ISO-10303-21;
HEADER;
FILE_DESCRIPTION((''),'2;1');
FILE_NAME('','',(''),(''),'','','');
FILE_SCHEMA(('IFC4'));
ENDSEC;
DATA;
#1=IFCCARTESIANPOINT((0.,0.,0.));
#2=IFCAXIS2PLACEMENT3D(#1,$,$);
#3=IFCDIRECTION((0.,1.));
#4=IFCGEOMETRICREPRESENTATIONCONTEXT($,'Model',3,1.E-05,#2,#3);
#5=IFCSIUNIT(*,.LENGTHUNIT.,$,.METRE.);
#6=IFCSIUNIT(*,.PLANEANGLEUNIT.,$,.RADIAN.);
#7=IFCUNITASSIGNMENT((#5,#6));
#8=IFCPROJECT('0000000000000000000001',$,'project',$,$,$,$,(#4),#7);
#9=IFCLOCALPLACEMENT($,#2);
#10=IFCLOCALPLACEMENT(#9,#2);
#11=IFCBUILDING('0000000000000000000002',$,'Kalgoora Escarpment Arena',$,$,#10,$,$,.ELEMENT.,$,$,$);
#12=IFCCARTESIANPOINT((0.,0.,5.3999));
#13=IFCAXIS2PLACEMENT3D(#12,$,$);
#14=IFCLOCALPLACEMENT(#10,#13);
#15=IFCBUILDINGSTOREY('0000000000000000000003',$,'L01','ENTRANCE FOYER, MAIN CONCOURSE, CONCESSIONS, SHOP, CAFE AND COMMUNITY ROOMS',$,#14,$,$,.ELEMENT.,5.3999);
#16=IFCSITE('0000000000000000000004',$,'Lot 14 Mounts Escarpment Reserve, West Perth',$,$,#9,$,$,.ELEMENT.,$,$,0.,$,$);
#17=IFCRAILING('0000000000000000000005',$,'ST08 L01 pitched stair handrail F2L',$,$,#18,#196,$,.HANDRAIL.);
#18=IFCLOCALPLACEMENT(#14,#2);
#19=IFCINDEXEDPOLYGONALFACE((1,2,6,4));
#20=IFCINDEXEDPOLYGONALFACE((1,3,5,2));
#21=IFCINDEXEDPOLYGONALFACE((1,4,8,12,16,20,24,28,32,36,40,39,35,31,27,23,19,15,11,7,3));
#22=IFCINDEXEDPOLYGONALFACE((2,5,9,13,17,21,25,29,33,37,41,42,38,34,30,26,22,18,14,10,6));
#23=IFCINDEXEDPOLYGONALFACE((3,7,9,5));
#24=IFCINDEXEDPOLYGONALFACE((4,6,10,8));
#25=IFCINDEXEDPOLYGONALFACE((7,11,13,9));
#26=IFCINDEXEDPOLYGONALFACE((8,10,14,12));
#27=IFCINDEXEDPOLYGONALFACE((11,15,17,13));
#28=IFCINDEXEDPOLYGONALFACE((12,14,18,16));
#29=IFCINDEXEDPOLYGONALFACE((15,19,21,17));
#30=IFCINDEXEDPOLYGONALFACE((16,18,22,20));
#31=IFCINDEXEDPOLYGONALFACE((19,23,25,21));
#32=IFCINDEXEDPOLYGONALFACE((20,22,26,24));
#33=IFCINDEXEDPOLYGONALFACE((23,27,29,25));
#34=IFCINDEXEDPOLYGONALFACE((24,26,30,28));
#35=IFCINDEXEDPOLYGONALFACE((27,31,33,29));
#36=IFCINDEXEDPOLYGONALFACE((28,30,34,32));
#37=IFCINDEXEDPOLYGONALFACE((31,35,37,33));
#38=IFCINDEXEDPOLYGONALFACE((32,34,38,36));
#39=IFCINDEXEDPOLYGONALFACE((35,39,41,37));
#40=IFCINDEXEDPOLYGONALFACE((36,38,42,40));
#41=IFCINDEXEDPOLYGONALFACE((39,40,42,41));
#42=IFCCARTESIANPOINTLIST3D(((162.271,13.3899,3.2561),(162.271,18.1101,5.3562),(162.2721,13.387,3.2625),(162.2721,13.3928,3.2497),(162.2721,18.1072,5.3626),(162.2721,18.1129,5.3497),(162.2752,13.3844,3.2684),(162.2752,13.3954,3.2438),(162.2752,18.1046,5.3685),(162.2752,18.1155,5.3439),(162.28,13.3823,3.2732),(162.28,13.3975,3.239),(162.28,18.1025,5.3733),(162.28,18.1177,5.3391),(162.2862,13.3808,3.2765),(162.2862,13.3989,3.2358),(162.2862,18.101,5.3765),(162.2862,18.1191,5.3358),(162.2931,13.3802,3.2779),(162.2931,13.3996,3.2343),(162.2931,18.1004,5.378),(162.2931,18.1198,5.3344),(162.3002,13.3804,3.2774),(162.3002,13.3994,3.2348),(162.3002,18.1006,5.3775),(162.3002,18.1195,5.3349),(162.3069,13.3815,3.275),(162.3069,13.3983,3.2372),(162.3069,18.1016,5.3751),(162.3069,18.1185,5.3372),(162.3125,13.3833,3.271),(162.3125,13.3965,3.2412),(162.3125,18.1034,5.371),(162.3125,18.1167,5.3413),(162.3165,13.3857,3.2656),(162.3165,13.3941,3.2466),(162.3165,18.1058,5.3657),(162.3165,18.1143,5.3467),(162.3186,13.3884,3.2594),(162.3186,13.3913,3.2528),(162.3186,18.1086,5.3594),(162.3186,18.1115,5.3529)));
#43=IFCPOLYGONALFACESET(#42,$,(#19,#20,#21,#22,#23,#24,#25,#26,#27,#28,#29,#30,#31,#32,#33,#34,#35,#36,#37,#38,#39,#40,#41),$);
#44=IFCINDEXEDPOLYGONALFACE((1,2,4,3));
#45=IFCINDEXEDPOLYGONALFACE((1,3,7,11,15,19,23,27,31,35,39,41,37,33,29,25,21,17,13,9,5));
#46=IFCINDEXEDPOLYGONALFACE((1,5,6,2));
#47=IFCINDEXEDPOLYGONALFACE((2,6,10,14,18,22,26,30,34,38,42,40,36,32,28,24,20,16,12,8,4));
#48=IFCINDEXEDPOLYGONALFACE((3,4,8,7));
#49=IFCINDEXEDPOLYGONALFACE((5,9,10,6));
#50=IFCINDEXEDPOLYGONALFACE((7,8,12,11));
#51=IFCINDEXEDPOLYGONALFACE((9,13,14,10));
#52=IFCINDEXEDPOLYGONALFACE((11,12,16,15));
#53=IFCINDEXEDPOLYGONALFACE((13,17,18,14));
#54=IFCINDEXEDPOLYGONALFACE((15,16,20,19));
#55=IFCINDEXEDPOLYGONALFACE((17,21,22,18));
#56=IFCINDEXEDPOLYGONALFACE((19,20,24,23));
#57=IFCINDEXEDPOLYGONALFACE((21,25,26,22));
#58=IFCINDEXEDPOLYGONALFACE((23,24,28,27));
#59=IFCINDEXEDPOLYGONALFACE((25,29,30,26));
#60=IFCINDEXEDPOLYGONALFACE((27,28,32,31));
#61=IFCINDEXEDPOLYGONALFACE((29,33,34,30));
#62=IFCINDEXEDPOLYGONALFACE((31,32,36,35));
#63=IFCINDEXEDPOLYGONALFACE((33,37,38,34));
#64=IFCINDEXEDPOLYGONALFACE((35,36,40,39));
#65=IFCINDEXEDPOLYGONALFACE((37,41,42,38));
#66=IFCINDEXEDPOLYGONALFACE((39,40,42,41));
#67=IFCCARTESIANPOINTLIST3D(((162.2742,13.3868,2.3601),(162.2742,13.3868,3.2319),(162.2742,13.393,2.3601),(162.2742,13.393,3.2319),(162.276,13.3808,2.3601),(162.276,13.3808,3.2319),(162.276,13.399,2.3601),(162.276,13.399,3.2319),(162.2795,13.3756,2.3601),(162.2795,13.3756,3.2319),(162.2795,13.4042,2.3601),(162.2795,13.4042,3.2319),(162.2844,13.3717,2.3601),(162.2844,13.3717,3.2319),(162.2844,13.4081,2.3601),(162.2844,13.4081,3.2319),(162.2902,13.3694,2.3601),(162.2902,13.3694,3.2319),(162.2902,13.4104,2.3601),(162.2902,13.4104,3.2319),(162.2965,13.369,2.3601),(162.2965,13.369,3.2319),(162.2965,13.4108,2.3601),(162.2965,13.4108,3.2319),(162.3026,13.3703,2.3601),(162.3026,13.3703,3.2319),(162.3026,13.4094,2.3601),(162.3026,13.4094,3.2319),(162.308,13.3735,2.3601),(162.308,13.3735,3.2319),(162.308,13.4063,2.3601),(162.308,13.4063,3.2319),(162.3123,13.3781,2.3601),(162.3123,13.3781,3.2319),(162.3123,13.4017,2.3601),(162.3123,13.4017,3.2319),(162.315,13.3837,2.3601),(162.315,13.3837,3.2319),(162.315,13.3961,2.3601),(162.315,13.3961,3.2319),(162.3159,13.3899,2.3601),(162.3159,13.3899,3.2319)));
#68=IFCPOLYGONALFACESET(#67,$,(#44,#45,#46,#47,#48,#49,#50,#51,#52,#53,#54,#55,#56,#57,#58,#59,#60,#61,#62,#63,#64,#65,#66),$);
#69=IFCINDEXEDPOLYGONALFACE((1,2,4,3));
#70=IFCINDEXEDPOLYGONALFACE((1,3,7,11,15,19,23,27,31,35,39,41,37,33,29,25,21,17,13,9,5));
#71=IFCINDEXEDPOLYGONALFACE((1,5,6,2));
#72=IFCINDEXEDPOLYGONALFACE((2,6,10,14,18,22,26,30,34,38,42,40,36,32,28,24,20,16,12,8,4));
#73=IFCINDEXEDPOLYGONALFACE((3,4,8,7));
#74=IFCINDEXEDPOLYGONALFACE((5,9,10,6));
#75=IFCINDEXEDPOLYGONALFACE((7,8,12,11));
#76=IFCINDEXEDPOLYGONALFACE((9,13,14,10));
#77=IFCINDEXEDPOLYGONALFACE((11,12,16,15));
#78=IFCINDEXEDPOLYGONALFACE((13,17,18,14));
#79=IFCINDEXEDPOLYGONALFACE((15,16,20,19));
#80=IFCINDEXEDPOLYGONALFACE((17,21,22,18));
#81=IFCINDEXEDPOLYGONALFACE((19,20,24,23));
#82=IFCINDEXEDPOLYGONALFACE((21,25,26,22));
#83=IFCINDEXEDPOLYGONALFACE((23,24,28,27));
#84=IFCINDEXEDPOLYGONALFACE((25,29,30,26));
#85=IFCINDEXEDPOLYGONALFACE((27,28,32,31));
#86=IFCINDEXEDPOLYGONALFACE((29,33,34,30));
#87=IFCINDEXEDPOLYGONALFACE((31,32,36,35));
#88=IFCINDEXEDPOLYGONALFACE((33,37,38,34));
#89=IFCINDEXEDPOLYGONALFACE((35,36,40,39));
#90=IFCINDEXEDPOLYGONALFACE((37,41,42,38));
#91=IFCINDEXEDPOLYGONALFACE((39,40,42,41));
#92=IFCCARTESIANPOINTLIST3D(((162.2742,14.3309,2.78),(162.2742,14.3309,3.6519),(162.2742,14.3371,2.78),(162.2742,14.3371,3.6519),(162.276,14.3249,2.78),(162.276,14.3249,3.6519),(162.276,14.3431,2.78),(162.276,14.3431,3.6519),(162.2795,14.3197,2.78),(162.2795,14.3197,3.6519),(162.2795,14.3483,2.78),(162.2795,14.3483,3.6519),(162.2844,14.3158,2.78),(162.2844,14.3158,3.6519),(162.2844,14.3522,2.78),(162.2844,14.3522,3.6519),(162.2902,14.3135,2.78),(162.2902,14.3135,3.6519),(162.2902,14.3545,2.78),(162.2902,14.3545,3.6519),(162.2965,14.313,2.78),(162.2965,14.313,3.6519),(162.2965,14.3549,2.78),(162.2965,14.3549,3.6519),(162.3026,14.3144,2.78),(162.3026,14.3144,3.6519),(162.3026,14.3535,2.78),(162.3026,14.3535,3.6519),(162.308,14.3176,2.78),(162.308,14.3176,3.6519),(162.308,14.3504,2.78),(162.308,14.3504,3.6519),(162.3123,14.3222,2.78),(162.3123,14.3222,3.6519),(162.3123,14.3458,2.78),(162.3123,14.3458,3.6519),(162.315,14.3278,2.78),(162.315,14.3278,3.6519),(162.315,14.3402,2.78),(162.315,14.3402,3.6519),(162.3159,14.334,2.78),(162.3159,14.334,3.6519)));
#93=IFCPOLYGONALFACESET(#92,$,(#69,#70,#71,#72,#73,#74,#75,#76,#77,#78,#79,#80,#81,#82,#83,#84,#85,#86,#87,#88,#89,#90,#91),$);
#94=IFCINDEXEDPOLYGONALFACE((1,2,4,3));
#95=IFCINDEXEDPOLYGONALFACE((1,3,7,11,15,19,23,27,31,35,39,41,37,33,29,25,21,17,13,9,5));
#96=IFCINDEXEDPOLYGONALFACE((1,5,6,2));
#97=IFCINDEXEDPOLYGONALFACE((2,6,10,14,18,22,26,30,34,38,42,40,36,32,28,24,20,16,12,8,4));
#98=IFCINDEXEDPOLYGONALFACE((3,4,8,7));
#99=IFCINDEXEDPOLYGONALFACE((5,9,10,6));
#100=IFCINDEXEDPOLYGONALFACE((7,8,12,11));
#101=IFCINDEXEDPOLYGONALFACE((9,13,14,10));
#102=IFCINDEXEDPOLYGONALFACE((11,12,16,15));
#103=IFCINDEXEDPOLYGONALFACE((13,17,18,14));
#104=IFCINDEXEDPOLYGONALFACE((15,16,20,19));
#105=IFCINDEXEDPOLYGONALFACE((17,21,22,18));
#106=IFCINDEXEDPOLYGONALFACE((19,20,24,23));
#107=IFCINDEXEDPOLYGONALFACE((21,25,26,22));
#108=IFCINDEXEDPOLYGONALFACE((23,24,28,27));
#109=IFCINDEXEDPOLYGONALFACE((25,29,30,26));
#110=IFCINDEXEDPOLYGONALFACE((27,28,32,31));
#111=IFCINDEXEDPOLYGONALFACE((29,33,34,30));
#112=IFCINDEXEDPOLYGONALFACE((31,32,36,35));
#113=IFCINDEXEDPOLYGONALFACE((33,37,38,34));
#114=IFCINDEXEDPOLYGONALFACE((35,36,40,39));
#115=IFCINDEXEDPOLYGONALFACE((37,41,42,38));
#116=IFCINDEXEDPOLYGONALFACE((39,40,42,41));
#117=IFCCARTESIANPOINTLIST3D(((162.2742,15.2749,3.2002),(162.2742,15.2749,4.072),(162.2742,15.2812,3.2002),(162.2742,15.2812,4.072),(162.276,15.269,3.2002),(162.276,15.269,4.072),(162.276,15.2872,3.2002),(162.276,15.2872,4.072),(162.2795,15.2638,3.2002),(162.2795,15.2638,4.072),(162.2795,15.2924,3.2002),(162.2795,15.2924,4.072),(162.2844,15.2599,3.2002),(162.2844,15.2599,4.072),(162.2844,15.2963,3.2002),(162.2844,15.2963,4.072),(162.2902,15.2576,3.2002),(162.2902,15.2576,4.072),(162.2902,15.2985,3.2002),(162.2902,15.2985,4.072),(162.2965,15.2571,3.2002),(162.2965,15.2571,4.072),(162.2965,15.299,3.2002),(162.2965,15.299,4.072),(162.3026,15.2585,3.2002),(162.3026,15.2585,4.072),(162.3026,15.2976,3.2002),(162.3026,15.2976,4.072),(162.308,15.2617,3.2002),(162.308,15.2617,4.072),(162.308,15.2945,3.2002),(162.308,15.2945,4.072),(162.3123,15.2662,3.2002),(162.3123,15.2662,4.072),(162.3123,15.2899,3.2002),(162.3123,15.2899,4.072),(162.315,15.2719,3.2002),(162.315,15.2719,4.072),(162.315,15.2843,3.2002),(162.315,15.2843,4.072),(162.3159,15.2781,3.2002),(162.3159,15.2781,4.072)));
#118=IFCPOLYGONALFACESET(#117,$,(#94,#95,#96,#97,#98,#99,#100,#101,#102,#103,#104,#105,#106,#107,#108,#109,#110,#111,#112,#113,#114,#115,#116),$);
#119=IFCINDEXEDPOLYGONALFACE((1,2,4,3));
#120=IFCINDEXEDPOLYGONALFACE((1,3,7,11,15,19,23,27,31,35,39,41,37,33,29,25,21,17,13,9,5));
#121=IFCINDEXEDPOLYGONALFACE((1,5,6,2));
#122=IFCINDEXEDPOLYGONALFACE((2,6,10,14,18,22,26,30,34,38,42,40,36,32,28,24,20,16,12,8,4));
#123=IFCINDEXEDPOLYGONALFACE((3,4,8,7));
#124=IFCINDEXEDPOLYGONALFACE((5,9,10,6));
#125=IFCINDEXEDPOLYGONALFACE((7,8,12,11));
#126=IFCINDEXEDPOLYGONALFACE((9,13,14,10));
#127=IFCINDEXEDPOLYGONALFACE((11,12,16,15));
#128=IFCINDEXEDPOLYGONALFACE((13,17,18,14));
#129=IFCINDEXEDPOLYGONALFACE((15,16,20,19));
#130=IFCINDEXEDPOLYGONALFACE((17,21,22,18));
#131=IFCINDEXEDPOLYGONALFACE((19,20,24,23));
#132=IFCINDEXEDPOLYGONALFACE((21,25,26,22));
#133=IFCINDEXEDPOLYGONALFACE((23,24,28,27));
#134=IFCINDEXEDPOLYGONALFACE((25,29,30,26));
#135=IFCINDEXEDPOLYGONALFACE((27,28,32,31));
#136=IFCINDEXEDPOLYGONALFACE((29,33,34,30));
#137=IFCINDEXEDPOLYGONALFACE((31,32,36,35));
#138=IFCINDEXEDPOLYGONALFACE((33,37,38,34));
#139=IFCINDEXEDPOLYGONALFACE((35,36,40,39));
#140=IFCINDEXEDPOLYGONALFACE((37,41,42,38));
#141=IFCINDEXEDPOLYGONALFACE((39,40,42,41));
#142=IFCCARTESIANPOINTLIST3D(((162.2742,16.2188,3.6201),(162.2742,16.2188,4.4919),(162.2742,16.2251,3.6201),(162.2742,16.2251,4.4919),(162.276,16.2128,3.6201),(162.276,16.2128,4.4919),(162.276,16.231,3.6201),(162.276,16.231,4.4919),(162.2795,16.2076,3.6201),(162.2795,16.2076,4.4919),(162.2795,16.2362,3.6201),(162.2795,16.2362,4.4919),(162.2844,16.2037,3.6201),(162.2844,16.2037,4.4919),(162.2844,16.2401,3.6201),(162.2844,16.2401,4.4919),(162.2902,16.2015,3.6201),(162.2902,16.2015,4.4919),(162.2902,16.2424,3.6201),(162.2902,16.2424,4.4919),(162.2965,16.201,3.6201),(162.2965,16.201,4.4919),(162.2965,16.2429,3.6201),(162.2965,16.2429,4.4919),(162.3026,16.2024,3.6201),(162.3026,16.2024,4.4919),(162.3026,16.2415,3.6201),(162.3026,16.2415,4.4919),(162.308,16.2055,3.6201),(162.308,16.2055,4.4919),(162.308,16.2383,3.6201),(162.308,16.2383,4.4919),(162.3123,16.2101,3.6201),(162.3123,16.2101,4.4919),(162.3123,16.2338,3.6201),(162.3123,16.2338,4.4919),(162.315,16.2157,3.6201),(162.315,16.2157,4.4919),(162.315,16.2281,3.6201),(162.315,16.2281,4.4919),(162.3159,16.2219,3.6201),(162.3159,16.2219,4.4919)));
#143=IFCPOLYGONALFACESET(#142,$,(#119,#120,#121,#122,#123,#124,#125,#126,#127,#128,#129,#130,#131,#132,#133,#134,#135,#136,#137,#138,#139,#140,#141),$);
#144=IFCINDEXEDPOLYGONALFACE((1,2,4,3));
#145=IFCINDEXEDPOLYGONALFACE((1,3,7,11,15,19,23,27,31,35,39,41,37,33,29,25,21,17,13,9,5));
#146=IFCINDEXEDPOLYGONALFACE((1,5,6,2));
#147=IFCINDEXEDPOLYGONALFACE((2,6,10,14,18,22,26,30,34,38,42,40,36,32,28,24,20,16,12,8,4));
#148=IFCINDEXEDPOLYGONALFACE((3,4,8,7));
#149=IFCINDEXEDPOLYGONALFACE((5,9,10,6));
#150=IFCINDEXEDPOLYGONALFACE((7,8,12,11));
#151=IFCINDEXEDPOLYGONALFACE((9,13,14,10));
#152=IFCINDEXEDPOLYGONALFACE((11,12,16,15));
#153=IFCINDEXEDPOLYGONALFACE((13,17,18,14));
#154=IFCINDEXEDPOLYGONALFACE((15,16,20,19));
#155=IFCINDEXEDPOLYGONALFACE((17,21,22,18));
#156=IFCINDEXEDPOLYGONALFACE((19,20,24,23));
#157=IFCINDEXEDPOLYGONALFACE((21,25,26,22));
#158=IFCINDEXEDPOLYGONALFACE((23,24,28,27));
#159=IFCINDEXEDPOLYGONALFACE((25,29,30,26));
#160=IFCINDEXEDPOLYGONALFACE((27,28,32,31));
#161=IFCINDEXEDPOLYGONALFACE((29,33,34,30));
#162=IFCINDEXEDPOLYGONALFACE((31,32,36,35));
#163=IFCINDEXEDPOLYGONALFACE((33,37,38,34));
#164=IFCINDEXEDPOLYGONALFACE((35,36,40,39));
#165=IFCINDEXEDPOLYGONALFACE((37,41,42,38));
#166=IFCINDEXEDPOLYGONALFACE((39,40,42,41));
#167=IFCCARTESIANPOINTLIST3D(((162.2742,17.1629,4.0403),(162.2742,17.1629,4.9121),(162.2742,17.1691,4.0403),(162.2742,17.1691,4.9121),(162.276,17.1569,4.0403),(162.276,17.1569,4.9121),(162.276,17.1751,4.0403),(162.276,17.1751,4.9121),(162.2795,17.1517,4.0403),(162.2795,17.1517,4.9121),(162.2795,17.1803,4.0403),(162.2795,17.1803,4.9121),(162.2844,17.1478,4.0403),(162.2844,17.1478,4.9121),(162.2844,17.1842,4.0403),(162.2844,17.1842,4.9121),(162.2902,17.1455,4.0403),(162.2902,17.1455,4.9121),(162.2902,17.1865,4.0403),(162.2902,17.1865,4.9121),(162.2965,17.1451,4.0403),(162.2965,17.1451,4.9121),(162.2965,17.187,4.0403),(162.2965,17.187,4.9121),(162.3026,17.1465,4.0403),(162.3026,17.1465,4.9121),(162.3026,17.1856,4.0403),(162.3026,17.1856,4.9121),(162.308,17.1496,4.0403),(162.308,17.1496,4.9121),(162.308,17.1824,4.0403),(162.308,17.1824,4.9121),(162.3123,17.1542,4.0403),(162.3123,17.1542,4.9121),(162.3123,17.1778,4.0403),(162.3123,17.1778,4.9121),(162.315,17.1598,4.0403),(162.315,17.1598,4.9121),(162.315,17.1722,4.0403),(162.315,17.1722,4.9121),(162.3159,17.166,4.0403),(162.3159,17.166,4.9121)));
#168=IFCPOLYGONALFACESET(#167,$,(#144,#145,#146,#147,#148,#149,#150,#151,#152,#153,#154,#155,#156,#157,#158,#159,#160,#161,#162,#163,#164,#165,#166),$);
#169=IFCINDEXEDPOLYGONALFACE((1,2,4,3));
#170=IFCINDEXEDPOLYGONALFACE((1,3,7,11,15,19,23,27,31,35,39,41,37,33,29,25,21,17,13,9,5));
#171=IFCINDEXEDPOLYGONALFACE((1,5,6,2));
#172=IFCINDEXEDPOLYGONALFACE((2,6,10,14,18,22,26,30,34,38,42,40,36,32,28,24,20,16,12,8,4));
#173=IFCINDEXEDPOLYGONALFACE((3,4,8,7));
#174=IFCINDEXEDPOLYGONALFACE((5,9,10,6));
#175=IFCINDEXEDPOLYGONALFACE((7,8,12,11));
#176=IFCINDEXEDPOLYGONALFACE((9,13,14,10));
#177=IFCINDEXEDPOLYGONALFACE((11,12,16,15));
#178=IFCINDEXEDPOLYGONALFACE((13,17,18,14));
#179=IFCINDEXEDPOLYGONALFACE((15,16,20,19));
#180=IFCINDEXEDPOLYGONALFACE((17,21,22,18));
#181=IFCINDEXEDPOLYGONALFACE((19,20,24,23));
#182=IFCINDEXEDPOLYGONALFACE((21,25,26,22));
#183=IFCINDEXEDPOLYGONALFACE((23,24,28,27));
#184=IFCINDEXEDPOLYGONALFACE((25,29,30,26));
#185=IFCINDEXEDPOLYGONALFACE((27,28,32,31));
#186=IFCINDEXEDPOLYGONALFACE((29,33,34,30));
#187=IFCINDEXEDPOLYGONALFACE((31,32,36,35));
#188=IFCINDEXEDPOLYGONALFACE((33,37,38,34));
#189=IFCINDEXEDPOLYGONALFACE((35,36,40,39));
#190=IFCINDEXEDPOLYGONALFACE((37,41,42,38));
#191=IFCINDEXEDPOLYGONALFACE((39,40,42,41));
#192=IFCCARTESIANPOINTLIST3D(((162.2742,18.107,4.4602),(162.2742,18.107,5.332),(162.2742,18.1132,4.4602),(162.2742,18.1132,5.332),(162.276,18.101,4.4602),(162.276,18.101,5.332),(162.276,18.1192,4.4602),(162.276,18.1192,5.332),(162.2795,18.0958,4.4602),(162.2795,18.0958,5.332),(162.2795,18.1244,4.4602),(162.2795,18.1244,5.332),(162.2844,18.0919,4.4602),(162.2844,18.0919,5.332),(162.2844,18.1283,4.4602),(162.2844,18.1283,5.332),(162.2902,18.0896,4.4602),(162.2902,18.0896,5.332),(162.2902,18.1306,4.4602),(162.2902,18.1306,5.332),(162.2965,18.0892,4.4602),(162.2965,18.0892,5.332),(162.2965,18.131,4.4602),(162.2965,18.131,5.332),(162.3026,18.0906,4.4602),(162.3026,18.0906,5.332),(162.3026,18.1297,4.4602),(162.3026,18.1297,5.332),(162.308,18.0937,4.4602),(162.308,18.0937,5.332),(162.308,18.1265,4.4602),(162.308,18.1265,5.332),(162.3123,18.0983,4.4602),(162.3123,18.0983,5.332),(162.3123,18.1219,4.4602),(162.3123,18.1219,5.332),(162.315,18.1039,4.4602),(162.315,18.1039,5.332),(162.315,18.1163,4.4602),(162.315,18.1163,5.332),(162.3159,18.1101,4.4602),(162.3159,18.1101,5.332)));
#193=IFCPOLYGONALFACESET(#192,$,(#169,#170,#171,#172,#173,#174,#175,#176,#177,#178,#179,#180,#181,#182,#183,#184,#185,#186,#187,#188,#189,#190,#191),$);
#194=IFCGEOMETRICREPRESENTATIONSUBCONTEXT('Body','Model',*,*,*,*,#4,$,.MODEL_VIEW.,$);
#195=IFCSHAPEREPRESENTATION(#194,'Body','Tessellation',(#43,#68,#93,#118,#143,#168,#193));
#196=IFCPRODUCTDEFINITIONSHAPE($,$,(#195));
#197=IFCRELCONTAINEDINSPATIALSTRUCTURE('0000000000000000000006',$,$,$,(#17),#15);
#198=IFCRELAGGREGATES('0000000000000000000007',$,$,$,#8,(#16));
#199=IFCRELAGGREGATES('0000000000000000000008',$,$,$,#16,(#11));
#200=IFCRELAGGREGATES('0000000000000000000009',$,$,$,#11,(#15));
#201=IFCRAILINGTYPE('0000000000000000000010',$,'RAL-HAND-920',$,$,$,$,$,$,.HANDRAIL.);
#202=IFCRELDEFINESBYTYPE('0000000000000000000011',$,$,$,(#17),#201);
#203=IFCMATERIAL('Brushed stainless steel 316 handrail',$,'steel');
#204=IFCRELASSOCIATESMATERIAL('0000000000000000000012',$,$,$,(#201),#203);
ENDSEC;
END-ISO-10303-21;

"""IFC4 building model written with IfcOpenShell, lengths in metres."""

from ifc_helpers import new_model, si_unit, direction, frame, origin, origin_2d, place, context, subcontext, project, spatial, circle, extrude, material, type_object, element, save


model = new_model("IFC4")

# Units and contexts
model_context = context("Model", 3, precision=1e-05, world=origin(), true_north=direction((0.0, 1.0)))
body_context = subcontext(model_context, "Body", "Model", "MODEL_VIEW")
ifc_project = project(units=[si_unit("LENGTHUNIT", "METRE"), si_unit("PLANEANGLEUNIT", "RADIAN")], contexts=[model_context])

# Site, building, storey
site_placement = place(None, origin())
site = spatial("IfcSite", under=ifc_project, at=site_placement, Name="Lot 14 Mounts Escarpment Reserve, West Perth", CompositionType="ELEMENT", RefElevation=0.0)
building_placement = place(site_placement, origin())
building = spatial("IfcBuilding", under=site, at=building_placement, Name="Kalgoora Escarpment Arena", CompositionType="ELEMENT")
storey_placement = place(building_placement, frame((0.0, 0.0, 5.3999)))
storey = spatial("IfcBuildingStorey", under=building, at=storey_placement, Name="L01", Description="ENTRANCE FOYER, MAIN CONCOURSE, CONCESSIONS, SHOP, CAFE AND COMMUNITY ROOMS", CompositionType="ELEMENT", Elevation=5.3999)

# Railing
ifc_material_1 = material(Name="Brushed stainless steel 316 handrail", Category="steel")
railing_type = type_object("IfcRailingType", Name="RAL-HAND-920", PredefinedType="HANDRAIL", material=ifc_material_1)
for number, where, name in (
    (1, (162.2949, 13.3899, 2.3601), "ST08 L01 pitched stair handrail F2L"),
):
    element("IfcRailing", number, at=place(storey_placement, frame(where)), inside=storey, type_object=railing_type, Name=name, PredefinedType="HANDRAIL", context=body_context, shape_type="SweptSolid", body=[
        extrude(circle(Radius=0.0239, at=origin_2d()), frame((0.0, 0.0, 0.896), z_axis=(0.0, 0.913652, 0.406498), x_axis=(-1.0, 0.0, 0.0)), (0.0, 0.0, 1.0), 5.1663),
        extrude(circle(Radius=0.021, at=origin_2d()), origin(), (0.0, 0.0, 1.0), 0.8718),
        extrude(circle(Radius=0.021, at=origin_2d()), frame((0.0, 0.9441, 0.4199)), (0.0, 0.0, 1.0), 0.8718),
        extrude(circle(Radius=0.021, at=origin_2d()), frame((0.0, 1.8882, 0.8401)), (0.0, 0.0, 1.0), 0.8718),
        extrude(circle(Radius=0.021, at=origin_2d()), frame((0.0, 2.832, 1.26)), (0.0, 0.0, 1.0), 0.8718),
        extrude(circle(Radius=0.021, at=origin_2d()), frame((0.0, 3.7761, 1.6802)), (0.0, 0.0, 1.0), 0.8718),
        extrude(circle(Radius=0.021, at=origin_2d()), frame((0.0, 4.7202, 2.1001)), (0.0, 0.0, 1.0), 0.8718),
    ])

save(model, "model.ifc")
